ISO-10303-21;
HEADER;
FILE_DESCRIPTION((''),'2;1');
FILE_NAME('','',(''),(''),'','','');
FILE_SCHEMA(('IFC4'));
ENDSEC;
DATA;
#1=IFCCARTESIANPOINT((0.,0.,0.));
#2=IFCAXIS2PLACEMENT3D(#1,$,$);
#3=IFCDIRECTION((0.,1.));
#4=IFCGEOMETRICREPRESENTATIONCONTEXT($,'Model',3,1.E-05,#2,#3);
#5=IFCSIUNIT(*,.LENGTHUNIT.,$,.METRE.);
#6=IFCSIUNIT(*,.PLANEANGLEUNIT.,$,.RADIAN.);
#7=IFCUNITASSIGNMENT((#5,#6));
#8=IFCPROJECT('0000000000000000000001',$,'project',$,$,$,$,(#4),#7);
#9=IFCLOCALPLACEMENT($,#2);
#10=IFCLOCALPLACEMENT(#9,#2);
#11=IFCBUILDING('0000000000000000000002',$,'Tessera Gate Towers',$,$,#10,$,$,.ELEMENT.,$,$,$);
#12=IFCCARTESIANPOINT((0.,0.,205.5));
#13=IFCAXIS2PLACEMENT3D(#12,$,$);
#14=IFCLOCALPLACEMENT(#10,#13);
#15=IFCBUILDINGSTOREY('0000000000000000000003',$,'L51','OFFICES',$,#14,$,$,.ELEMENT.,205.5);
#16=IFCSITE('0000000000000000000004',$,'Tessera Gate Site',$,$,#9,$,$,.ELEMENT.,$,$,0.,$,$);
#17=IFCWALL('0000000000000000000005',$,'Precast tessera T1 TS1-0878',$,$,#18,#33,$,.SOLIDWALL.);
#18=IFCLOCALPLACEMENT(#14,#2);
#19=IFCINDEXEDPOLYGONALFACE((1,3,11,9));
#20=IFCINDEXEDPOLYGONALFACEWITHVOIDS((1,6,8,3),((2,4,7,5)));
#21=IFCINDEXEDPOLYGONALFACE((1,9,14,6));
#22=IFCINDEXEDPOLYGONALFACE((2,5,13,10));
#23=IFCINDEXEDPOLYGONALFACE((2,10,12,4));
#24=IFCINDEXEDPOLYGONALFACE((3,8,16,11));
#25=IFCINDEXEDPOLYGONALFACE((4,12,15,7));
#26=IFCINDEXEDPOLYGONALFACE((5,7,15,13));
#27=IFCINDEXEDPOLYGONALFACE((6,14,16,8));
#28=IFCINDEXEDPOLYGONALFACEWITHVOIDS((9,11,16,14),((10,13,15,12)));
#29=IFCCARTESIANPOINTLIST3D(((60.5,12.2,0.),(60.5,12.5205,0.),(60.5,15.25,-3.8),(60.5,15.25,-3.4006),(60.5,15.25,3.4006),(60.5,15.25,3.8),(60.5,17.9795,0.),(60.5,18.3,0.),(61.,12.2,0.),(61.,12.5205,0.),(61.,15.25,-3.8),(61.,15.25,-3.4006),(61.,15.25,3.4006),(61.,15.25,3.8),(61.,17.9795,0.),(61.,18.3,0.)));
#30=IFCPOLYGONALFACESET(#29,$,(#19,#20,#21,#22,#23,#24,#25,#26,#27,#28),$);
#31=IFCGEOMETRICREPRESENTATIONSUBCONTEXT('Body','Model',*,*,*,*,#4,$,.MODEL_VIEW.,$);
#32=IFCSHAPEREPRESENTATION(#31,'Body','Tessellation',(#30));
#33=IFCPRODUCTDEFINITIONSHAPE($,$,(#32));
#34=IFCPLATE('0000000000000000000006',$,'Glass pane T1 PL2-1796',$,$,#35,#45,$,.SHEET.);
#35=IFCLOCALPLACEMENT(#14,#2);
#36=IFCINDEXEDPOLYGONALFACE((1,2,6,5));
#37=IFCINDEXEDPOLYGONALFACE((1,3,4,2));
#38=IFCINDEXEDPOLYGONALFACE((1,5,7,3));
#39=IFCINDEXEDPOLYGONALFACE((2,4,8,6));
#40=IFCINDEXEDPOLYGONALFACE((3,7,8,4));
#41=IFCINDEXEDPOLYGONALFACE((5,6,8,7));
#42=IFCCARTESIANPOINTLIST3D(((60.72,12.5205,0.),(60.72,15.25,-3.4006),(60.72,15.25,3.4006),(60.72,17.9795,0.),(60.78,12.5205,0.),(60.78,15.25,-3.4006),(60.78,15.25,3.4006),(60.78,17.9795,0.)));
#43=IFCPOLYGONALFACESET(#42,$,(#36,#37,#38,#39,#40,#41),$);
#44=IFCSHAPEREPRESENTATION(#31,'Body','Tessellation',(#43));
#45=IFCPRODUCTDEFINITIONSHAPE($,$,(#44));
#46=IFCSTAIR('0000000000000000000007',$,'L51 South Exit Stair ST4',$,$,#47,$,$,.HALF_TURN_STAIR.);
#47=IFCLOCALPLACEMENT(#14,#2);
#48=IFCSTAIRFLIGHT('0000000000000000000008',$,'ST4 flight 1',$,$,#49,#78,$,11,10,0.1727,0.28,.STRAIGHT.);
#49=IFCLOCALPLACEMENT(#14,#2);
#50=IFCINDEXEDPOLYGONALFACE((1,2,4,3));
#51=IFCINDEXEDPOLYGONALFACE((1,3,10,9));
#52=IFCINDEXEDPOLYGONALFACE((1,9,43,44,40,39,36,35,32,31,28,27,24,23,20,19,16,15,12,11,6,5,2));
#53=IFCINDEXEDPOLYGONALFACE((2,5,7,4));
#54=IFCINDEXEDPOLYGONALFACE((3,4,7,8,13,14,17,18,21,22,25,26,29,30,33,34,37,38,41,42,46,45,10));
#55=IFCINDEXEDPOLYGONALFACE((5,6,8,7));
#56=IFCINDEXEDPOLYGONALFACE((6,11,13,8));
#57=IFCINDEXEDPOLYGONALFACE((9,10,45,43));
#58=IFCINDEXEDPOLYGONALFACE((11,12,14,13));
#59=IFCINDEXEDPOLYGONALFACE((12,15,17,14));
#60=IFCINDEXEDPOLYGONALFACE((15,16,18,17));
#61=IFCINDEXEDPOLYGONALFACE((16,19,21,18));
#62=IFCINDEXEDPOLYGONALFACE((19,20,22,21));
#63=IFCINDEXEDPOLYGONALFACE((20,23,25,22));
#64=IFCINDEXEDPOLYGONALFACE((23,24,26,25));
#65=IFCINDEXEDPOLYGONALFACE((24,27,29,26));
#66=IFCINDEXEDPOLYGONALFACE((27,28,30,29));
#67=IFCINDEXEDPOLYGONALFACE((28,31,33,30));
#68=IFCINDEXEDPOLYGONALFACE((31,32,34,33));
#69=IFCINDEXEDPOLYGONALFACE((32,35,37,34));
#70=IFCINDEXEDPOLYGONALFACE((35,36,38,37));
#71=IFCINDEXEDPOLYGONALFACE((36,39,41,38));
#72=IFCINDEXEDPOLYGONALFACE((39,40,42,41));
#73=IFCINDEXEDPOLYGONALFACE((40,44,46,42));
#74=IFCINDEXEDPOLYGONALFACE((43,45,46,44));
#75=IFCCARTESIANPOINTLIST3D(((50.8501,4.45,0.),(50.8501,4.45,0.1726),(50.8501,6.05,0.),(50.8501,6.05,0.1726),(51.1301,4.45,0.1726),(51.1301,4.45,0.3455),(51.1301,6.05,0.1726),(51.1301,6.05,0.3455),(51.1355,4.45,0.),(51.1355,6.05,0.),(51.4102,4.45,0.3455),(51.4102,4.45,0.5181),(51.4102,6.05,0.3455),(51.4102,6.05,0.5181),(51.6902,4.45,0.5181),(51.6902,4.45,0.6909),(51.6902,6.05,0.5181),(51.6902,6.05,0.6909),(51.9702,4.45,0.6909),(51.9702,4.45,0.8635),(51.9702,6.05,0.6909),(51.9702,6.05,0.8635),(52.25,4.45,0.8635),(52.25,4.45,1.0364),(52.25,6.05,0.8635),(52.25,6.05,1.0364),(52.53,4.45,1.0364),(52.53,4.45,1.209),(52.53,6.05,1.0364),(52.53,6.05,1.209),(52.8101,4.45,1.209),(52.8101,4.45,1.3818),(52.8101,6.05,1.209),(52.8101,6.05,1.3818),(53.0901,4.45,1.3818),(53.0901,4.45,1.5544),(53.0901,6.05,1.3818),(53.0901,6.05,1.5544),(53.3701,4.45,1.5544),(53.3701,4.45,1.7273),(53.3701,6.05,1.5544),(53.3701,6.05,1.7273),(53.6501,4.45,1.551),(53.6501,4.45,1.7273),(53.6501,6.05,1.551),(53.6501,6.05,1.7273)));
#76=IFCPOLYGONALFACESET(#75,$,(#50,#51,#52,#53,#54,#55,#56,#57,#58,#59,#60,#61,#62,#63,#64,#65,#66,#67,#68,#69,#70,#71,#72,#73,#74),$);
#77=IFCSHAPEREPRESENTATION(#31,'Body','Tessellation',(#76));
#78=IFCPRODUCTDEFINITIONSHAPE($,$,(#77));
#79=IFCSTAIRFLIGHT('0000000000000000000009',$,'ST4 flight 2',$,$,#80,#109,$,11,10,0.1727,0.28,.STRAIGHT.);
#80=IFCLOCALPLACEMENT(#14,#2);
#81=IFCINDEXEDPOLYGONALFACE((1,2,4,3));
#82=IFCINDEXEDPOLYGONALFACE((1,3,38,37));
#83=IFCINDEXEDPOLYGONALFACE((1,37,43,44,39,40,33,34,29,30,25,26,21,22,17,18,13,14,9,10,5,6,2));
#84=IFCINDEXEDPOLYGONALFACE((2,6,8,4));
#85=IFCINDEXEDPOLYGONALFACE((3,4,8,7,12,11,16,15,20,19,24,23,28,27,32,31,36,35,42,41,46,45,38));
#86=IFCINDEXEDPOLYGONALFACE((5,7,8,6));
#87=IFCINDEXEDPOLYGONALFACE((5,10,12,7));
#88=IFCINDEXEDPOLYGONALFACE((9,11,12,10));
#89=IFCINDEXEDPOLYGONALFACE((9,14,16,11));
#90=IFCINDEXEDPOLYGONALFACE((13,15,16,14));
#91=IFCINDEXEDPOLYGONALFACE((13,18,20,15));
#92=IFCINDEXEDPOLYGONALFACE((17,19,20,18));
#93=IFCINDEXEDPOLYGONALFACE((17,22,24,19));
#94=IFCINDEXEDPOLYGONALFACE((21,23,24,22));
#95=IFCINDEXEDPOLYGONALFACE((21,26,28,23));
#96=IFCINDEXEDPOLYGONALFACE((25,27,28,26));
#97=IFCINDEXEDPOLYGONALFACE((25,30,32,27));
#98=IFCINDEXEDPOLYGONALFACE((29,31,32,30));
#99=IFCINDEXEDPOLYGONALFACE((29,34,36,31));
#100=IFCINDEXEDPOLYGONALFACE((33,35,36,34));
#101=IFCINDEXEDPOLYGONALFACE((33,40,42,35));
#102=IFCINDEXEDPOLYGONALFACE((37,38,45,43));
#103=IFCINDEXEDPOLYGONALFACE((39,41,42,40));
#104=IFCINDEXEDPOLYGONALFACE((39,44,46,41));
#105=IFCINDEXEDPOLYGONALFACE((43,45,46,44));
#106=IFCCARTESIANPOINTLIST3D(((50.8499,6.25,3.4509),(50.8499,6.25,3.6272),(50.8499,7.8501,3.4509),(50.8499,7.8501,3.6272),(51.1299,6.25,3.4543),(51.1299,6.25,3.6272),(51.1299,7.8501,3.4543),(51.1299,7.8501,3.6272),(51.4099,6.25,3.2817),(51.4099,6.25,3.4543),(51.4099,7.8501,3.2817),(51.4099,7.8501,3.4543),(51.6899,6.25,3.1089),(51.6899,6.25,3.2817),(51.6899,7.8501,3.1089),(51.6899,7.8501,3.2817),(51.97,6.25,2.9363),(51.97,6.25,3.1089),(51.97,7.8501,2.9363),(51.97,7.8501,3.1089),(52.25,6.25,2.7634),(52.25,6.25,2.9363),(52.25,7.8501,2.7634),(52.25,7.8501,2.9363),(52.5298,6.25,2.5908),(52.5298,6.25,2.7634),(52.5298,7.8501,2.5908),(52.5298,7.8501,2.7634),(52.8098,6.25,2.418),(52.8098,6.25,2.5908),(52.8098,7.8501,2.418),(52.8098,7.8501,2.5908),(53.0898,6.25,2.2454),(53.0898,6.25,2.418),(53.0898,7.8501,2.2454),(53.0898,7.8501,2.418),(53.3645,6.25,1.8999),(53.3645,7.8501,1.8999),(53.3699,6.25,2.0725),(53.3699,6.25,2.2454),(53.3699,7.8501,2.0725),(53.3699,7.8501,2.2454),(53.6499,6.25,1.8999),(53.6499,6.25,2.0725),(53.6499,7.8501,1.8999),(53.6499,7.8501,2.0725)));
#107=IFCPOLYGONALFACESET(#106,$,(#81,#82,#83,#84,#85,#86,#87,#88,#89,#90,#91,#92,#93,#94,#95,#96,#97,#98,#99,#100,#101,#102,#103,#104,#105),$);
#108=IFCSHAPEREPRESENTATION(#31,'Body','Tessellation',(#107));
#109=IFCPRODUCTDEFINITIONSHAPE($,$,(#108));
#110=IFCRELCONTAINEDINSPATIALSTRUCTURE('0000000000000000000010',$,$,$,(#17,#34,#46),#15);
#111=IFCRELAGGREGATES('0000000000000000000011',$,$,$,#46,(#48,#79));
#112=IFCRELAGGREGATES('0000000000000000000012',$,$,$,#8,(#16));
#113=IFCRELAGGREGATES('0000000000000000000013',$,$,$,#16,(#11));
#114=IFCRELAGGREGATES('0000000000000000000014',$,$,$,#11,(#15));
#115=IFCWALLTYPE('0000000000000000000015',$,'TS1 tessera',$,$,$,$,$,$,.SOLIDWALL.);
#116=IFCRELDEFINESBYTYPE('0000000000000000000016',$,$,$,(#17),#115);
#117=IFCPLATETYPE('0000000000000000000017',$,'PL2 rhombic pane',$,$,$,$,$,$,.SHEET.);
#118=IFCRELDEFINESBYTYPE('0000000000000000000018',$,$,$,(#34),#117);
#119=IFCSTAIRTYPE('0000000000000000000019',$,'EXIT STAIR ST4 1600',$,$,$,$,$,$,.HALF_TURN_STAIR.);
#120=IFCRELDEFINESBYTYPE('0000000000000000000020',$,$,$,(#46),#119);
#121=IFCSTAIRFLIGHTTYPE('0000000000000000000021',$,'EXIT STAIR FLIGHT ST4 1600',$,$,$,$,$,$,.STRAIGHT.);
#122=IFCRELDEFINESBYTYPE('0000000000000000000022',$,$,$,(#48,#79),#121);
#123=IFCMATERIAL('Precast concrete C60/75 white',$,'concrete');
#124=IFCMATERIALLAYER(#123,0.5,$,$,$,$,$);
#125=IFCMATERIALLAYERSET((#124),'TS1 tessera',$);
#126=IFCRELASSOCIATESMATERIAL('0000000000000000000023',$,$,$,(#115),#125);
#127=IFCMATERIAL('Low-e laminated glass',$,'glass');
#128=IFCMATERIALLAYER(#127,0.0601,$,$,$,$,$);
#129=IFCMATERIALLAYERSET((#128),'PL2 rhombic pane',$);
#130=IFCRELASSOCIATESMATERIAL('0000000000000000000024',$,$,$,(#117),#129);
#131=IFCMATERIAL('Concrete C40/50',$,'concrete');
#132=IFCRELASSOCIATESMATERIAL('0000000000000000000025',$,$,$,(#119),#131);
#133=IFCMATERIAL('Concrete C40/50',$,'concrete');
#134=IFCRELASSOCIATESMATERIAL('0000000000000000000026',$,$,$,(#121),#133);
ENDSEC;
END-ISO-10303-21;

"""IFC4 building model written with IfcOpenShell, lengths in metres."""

from ifc_helpers import new_model, si_unit, direction, frame, origin, place, context, subcontext, project, spatial, polyline, outline, extrude, source, transform, mapped, material, layer, layer_set, type_object, element, fill, aggregate, save


model = new_model("IFC4")

# Units and contexts
model_context = context("Model", 3, precision=1e-05, world=origin(), true_north=direction((0.0, 1.0)))
body_context = subcontext(model_context, "Body", "Model", "MODEL_VIEW")
ifc_project = project(units=[si_unit("LENGTHUNIT", "METRE"), si_unit("PLANEANGLEUNIT", "RADIAN")], contexts=[model_context])

# Site, building, storey
site_placement = place(None, origin())
site = spatial("IfcSite", under=ifc_project, at=site_placement, Name="Tessera Gate Site", CompositionType="ELEMENT", RefElevation=0.0)
building_placement = place(site_placement, origin())
building = spatial("IfcBuilding", under=site, at=building_placement, Name="Tessera Gate Towers", CompositionType="ELEMENT")
storey_placement = place(building_placement, frame((0.0, 0.0, 205.5)))
storey = spatial("IfcBuildingStorey", under=building, at=storey_placement, Name="L51", Description="OFFICES", CompositionType="ELEMENT", Elevation=205.5)

# Wall, opening, plate
ifc_material_1 = material(Name="Precast concrete C60/75 white", Category="concrete")
ifc_layer_1 = layer(ifc_material_1, 0.5)
ifc_layer_set_1 = layer_set([ifc_layer_1], Name="TS1 tessera")
wall_type_1 = type_object("IfcWallType", Name="TS1 tessera", PredefinedType="SOLIDWALL", material=ifc_layer_set_1)
shared_shape_1 = source(origin(), body_context, "Body", "SweptSolid", [
    extrude(outline(polyline([(3.05, 0.0), (6.1001, 3.8), (3.05, 7.6001), (0.0, 3.8), (3.05, 0.0)])), frame((0.0, 0.25, 0.0), z_axis=(0.0, -1.0, 0.0), x_axis=(1.0, 0.0, 0.0)), (0.0, 0.0, 1.0), 0.5),
])
wall_1_placement = place(storey_placement, frame((60.75, 12.2, -3.8), z_axis=(0.0, 0.0, 1.0), x_axis=(0.0, 1.0, 0.0)))
wall_1 = element("IfcWall", 1, at=wall_1_placement, inside=storey, type_object=wall_type_1, Name="Precast tessera T1 TS1-0878", PredefinedType="SOLIDWALL", context=body_context, shape_type="MappedRepresentation", body=[
    mapped(shared_shape_1, transform((0.0, 0.0, 0.0), scale=1.0)),
])
shared_shape_2 = source(origin(), body_context, "Body", "SweptSolid", [
    extrude(outline(polyline([(3.05, 0.3994), (5.7795, 3.8), (3.05, 7.2007), (0.3206, 3.8), (3.05, 0.3994)])), frame((0.0, 0.26, 0.0), z_axis=(0.0, -1.0, 0.0), x_axis=(1.0, 0.0, 0.0)), (0.0, 0.0, 1.0), 0.52),
])
opening_1_placement = place(wall_1_placement, origin())
opening_1 = element("IfcOpeningElement", 2, at=opening_1_placement, cuts=wall_1, PredefinedType="OPENING", context=body_context, shape_type="MappedRepresentation", body=[
    mapped(shared_shape_2, transform((0.0, 0.0, 0.0), scale=1.0)),
])
ifc_material_2 = material(Name="Low-e laminated glass", Category="glass")
ifc_layer_2 = layer(ifc_material_2, 0.0601)
ifc_layer_set_2 = layer_set([ifc_layer_2], Name="PL2 rhombic pane")
plate_type = type_object("IfcPlateType", Name="PL2 rhombic pane", PredefinedType="SHEET", material=ifc_layer_set_2)
shared_shape_3 = source(origin(), body_context, "Body", "SweptSolid", [
    extrude(outline(polyline([(3.05, 0.3994), (5.7795, 3.8), (3.05, 7.2007), (0.3206, 3.8), (3.05, 0.3994)])), frame((0.0, 0.03, 0.0), z_axis=(0.0, -1.0, 0.0), x_axis=(1.0, 0.0, 0.0)), (0.0, 0.0, 1.0), 0.0601),
])
plate_placement = place(opening_1_placement, origin())
plate = element("IfcPlate", 3, at=plate_placement, inside=storey, type_object=plate_type, Name="Glass pane T1 PL2-1796", PredefinedType="SHEET", context=body_context, shape_type="MappedRepresentation", body=[
    mapped(shared_shape_3, transform((0.0, 0.0, 0.0), scale=1.0)),
])
fill(opening_1, plate)

# Stair, stair flights
ifc_material_3 = material(Name="Concrete C40/50", Category="concrete")
stair_type = type_object("IfcStairType", Name="EXIT STAIR ST4 1600", PredefinedType="HALF_TURN_STAIR", material=ifc_material_3)
stair_placement = place(storey_placement, origin())
stair = element("IfcStair", 4, at=stair_placement, inside=storey, type_object=stair_type, Name="L51 South Exit Stair ST4", PredefinedType="HALF_TURN_STAIR")
ifc_material_4 = material(Name="Concrete C40/50", Category="concrete")
stair_flight_type = type_object("IfcStairFlightType", Name="EXIT STAIR FLIGHT ST4 1600", PredefinedType="STRAIGHT", material=ifc_material_4)
stair_flight_1_placement = place(storey_placement, frame((50.8501, 5.25, 0.0), z_axis=(0.0, 0.0, 1.0), x_axis=(1.0, 0.0, 0.0)))
stair_flight_1 = element("IfcStairFlight", 5, at=stair_flight_1_placement, type_object=stair_flight_type, Name="ST4 flight 1", NumberOfRisers=11, NumberOfTreads=10, PredefinedType="STRAIGHT", RiserHeight=0.1727, TreadLength=0.28, context=body_context, shape_type="SweptSolid", body=[
    extrude(outline(polyline([(0.0, 0.0), (0.0, 0.1726), (0.28, 0.1726), (0.28, 0.3455), (0.5601, 0.3455), (0.5601, 0.5181), (0.8401, 0.5181), (0.8401, 0.6909), (1.1201, 0.6909), (1.1201, 0.8635), (1.3999, 0.8635), (1.3999, 1.0364), (1.6799, 1.0364), (1.6799, 1.209), (1.96, 1.209), (1.96, 1.3818), (2.24, 1.3818), (2.24, 1.5544), (2.52, 1.5544), (2.52, 1.7273), (2.8, 1.7273), (2.8, 1.8999), (2.8, 1.551), (0.2854, 0.0), (0.0, 0.0)])), frame((0.0, 0.8, 0.0), z_axis=(0.0, -1.0, 0.0), x_axis=(1.0, 0.0, 0.0)), (0.0, 0.0, 1.0), 1.6001),
])
stair_flight_2_placement = place(storey_placement, frame((53.6499, 7.05, 1.8999), z_axis=(0.0, 0.0, 1.0), x_axis=(-1.0, 0.0, 0.0)))
stair_flight_2 = element("IfcStairFlight", 6, at=stair_flight_2_placement, type_object=stair_flight_type, Name="ST4 flight 2", NumberOfRisers=11, NumberOfTreads=10, PredefinedType="STRAIGHT", RiserHeight=0.1727, TreadLength=0.28, context=body_context, shape_type="SweptSolid", body=[
    extrude(outline(polyline([(0.0, 0.0), (0.0, 0.1726), (0.28, 0.1726), (0.28, 0.3455), (0.5601, 0.3455), (0.5601, 0.5181), (0.8401, 0.5181), (0.8401, 0.6909), (1.1201, 0.6909), (1.1201, 0.8635), (1.3999, 0.8635), (1.3999, 1.0364), (1.6799, 1.0364), (1.6799, 1.209), (1.96, 1.209), (1.96, 1.3818), (2.24, 1.3818), (2.24, 1.5544), (2.52, 1.5544), (2.52, 1.7273), (2.8, 1.7273), (2.8, 1.8999), (2.8, 1.551), (0.2854, 0.0), (0.0, 0.0)])), frame((0.0, 0.8, 0.0), z_axis=(0.0, -1.0, 0.0), x_axis=(1.0, 0.0, 0.0)), (0.0, 0.0, 1.0), 1.6001),
])
aggregate(stair, [stair_flight_1, stair_flight_2])

save(model, "model.ifc")
